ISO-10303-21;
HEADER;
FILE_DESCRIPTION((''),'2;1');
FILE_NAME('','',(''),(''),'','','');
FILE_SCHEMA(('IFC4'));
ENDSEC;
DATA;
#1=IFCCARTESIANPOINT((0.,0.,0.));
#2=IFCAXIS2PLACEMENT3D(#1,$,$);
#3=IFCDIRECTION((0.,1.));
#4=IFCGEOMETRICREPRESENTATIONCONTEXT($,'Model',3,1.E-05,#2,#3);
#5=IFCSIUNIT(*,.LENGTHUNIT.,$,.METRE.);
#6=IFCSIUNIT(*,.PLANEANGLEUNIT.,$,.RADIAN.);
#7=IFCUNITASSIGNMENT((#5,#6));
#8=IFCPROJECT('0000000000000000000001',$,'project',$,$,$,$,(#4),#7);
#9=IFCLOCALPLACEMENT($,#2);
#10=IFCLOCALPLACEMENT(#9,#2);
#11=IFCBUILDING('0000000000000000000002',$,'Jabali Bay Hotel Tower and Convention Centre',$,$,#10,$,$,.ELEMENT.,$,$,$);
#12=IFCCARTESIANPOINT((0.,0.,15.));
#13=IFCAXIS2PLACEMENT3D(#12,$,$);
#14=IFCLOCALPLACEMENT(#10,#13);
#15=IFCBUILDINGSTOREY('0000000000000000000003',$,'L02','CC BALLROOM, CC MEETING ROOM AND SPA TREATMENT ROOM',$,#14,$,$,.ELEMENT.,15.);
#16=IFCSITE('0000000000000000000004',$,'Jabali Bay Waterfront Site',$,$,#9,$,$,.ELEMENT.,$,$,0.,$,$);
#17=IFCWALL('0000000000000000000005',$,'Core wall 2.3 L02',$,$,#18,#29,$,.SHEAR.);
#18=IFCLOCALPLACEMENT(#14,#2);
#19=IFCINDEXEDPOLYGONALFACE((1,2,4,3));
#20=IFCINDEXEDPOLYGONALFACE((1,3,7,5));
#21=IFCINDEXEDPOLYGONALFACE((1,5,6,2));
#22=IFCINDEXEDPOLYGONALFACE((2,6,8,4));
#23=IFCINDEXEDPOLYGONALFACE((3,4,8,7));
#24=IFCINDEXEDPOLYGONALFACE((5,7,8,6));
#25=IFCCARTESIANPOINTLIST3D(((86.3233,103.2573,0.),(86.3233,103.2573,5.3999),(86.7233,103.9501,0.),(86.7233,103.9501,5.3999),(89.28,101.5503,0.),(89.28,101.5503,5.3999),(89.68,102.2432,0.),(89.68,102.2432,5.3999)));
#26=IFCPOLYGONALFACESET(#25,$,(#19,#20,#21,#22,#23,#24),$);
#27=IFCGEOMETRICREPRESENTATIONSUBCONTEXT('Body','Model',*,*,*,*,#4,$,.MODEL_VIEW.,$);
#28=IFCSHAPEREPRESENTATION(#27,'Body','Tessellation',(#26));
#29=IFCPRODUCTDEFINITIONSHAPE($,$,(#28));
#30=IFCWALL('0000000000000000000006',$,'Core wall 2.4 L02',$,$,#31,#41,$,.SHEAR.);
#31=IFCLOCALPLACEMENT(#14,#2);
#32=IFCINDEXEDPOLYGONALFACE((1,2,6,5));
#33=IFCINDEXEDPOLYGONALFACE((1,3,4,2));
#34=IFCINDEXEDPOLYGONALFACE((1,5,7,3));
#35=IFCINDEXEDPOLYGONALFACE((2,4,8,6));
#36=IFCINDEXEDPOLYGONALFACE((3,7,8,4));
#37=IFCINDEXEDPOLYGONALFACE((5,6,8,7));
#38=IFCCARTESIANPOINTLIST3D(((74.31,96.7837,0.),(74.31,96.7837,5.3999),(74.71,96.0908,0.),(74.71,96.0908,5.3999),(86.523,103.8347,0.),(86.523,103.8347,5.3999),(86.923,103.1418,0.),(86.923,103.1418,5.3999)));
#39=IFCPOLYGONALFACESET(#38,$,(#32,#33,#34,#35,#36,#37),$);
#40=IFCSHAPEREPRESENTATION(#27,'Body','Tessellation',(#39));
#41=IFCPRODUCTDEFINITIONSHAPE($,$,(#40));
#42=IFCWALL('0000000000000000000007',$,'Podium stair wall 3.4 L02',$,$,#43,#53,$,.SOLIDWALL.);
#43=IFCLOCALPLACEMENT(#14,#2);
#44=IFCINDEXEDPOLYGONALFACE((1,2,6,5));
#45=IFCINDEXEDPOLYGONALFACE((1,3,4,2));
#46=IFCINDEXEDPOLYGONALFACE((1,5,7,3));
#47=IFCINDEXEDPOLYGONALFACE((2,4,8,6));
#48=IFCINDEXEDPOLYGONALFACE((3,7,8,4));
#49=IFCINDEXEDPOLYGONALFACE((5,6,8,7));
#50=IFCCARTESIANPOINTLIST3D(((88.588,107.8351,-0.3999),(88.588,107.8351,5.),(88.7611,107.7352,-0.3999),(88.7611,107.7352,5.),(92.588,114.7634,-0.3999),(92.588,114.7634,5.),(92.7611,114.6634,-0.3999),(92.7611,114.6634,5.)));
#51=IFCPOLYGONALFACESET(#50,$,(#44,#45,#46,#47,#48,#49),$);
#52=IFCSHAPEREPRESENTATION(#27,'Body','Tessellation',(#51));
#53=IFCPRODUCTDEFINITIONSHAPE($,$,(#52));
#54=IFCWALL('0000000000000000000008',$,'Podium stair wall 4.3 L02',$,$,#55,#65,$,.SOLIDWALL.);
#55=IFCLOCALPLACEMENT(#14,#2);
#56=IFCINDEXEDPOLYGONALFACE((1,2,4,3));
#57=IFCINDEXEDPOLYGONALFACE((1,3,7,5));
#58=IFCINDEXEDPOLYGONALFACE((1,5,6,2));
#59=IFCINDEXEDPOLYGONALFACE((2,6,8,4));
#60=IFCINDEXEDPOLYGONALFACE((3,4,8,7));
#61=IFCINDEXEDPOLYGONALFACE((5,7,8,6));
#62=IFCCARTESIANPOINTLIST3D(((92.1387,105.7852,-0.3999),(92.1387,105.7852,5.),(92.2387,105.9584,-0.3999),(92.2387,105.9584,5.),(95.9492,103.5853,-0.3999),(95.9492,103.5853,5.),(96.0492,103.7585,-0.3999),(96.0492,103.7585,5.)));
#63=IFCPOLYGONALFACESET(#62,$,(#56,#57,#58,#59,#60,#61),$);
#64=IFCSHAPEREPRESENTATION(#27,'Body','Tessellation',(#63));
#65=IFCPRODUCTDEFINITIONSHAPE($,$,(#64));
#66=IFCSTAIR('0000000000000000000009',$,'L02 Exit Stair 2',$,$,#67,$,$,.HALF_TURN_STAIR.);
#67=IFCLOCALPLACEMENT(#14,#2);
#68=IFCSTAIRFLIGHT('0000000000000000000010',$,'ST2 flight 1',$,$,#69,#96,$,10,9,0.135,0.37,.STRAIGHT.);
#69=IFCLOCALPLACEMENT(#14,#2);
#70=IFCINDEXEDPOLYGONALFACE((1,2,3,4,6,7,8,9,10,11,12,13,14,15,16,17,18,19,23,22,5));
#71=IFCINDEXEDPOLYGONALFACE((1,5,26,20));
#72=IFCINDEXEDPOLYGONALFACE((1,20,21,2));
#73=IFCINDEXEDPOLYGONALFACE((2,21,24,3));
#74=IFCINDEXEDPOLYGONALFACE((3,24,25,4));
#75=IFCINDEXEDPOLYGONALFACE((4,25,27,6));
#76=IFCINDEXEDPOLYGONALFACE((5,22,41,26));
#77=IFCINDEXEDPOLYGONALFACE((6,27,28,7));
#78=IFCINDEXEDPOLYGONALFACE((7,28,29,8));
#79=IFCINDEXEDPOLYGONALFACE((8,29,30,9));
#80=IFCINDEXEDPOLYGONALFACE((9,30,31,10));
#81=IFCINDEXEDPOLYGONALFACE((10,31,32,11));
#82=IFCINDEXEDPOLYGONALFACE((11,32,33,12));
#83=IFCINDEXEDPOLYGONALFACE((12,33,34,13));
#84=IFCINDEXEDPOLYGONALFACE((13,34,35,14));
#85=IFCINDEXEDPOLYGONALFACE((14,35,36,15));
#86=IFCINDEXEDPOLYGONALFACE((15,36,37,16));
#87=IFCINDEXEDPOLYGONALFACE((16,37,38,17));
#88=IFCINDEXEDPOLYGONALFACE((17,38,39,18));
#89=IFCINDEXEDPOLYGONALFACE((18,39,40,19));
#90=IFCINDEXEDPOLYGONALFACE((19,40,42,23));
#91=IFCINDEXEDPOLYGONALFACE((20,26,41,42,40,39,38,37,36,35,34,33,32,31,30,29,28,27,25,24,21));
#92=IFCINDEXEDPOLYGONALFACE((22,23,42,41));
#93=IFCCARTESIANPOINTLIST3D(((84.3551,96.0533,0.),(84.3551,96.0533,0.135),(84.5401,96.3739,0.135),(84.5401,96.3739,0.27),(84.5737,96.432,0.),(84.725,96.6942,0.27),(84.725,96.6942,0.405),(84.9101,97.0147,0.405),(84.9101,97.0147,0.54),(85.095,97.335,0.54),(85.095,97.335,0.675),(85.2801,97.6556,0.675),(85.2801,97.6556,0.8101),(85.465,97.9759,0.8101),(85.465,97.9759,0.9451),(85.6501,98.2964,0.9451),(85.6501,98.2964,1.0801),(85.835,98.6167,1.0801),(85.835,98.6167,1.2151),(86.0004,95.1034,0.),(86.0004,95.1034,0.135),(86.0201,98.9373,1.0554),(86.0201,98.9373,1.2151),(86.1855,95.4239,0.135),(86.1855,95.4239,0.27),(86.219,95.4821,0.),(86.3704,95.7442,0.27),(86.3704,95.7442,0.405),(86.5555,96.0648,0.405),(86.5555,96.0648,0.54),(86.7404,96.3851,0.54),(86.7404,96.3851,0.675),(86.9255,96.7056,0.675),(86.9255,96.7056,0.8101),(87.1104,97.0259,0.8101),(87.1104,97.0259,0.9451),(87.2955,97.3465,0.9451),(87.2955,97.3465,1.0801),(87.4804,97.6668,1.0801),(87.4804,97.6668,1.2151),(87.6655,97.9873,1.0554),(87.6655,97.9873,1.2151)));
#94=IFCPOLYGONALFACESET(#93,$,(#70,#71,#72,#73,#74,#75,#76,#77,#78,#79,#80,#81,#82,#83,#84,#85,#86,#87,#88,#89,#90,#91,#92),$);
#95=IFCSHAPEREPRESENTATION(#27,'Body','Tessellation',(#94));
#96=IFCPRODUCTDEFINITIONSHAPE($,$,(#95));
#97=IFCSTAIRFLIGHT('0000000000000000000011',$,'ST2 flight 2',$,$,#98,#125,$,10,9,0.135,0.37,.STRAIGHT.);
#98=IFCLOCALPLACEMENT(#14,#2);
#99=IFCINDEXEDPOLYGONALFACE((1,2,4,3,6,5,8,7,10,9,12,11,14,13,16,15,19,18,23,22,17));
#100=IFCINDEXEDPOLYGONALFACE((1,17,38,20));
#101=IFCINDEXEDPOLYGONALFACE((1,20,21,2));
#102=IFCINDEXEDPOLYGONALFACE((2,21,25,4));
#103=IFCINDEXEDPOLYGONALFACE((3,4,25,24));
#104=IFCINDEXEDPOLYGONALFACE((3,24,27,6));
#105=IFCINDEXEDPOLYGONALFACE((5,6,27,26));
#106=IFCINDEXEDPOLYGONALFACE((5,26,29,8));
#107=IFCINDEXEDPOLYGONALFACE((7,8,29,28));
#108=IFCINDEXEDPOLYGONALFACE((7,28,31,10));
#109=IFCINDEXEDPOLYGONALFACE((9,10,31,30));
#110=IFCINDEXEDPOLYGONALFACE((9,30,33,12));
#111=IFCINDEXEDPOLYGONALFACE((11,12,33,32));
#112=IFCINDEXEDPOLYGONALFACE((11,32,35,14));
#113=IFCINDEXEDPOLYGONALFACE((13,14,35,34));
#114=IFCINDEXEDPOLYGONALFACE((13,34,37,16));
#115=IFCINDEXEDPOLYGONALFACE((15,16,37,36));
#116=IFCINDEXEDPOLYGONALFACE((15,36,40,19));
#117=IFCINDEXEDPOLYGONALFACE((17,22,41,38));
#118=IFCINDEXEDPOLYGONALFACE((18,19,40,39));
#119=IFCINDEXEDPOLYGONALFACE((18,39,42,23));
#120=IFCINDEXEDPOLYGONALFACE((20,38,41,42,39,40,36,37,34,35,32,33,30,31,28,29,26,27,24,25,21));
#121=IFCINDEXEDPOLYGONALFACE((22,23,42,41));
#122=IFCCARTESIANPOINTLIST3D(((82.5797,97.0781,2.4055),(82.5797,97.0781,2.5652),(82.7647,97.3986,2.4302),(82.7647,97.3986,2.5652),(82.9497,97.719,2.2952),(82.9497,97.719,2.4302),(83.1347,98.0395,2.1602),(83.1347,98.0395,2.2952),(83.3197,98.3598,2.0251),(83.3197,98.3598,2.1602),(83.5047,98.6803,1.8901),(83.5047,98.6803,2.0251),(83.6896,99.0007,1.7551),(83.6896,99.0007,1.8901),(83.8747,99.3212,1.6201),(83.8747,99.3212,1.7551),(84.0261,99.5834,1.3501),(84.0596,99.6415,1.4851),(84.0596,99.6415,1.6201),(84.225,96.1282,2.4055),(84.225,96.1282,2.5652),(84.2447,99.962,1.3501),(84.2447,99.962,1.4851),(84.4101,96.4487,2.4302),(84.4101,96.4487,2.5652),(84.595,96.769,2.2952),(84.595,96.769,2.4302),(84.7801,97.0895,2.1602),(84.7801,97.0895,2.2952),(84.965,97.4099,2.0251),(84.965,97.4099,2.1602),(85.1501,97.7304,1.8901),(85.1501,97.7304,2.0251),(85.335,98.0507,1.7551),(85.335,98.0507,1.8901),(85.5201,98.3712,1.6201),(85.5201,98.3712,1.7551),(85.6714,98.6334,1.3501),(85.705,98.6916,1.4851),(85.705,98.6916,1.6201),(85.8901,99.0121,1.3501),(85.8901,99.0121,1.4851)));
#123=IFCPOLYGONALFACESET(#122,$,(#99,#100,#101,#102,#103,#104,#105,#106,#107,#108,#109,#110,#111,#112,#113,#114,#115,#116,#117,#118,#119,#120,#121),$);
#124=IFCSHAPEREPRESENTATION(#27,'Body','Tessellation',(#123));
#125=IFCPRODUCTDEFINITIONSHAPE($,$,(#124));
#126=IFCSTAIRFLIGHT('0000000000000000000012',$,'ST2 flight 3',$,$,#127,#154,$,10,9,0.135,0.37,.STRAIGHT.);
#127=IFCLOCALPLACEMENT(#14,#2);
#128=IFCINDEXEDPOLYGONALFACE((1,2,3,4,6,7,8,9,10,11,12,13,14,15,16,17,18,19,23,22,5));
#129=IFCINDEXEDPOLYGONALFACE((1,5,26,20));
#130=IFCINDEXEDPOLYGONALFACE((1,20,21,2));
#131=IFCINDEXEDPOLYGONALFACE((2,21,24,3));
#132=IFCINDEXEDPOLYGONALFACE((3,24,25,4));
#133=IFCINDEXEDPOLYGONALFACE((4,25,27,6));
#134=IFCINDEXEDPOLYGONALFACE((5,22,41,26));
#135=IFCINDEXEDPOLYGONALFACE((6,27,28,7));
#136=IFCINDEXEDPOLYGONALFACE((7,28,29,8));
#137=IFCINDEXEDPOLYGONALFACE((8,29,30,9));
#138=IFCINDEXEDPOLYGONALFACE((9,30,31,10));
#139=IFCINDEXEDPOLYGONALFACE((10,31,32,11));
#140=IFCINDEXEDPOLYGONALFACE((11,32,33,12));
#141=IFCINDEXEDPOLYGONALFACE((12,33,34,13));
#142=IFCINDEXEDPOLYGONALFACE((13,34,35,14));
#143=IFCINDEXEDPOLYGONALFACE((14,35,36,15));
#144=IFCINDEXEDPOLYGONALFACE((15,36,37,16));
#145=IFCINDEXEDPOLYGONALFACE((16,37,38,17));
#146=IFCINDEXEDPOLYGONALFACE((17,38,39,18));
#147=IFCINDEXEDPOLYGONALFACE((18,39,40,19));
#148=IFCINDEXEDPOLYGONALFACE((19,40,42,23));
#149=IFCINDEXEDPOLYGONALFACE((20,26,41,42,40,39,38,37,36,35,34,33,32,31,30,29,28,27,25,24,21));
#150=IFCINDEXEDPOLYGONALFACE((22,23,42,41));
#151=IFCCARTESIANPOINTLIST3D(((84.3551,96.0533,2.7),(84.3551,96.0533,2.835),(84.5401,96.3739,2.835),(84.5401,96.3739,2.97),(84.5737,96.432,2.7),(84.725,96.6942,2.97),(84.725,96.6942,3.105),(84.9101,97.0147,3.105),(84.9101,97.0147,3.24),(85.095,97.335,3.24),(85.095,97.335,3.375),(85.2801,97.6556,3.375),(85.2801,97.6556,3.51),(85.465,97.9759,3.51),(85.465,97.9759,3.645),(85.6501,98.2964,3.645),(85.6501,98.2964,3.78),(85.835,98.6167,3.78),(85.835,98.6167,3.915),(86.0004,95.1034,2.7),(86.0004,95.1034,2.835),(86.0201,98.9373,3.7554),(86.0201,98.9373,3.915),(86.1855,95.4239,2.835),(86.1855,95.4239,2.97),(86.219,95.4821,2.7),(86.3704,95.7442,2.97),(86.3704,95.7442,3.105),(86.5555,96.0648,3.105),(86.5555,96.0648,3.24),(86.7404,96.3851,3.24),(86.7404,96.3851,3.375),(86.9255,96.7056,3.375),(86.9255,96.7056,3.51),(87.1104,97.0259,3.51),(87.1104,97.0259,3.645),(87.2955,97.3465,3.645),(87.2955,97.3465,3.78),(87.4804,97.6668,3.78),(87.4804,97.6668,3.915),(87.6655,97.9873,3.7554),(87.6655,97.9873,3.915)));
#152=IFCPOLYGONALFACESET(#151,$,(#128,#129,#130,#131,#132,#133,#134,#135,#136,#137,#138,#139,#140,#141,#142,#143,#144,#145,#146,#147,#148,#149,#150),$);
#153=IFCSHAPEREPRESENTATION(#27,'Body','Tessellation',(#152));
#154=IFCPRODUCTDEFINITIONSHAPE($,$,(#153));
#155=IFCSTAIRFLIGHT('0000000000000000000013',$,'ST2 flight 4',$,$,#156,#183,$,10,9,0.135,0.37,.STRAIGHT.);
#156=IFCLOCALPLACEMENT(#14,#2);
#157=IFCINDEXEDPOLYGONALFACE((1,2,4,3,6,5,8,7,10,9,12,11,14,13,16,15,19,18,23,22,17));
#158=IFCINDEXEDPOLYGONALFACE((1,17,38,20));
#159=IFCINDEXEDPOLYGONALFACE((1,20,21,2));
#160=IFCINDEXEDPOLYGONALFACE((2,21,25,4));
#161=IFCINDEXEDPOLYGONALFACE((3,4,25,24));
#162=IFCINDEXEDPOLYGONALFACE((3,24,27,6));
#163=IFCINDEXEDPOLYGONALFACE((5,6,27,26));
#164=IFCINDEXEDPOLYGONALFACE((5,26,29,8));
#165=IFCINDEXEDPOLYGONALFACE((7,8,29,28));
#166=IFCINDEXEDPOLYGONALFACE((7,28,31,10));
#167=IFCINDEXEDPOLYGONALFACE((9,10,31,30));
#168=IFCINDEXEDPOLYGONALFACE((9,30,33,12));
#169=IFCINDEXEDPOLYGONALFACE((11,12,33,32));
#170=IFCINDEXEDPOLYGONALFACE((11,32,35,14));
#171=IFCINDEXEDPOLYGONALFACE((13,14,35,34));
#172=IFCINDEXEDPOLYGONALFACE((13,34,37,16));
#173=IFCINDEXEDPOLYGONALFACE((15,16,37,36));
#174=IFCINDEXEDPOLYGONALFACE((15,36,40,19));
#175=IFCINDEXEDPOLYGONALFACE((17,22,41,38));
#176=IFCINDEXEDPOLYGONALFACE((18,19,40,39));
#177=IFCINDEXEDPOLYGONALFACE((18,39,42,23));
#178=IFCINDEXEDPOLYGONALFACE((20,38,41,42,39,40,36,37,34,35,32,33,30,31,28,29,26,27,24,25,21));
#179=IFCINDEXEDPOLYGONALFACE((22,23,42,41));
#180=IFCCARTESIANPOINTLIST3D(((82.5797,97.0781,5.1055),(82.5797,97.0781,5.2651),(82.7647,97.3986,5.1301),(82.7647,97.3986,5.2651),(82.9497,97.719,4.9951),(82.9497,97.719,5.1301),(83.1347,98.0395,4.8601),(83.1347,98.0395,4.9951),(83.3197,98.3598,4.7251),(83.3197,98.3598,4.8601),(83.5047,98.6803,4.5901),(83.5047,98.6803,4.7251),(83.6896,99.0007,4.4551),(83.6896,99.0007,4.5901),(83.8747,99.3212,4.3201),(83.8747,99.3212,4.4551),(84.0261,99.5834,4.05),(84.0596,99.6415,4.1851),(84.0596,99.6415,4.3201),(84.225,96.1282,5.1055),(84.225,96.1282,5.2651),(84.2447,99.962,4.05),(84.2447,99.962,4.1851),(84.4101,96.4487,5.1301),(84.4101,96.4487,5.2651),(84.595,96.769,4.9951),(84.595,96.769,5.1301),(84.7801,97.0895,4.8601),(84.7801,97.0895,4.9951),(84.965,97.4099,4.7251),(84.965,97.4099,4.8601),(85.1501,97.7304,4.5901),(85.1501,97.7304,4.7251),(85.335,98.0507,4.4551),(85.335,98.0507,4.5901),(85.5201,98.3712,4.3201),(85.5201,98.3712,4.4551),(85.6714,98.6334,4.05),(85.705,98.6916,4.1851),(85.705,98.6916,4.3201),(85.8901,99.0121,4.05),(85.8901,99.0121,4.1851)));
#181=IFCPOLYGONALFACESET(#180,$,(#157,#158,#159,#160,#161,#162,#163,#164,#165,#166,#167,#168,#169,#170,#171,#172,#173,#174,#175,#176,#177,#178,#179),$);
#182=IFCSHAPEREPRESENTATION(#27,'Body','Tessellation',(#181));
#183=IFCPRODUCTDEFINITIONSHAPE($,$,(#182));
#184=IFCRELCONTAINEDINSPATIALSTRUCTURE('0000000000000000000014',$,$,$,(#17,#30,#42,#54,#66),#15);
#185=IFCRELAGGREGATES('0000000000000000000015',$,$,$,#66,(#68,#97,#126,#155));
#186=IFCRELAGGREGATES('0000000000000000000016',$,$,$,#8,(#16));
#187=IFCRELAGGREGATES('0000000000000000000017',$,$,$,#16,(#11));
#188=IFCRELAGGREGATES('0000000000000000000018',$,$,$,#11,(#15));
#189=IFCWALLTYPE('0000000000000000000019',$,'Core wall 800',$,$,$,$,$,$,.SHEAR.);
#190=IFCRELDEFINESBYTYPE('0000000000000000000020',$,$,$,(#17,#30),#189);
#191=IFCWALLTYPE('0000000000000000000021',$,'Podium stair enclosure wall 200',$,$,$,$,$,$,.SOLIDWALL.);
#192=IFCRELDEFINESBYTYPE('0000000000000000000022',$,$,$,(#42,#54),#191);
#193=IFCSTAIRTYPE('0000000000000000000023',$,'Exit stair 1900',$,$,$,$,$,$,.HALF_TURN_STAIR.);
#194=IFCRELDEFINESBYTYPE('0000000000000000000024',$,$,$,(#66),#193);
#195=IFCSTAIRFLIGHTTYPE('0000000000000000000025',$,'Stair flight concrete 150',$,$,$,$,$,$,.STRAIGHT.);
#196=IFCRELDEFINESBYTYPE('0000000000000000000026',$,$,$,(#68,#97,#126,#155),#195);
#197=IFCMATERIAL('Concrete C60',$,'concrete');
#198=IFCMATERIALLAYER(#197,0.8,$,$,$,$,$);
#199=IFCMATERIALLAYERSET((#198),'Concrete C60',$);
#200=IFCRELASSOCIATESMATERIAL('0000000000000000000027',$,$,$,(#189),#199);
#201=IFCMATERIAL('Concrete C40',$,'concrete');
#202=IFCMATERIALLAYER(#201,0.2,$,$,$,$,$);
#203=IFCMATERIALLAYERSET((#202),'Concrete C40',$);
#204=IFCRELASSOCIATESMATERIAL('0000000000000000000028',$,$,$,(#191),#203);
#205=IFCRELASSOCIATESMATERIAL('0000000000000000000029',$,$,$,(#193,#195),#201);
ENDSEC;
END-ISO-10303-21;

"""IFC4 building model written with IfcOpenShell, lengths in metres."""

from ifc_helpers import new_model, si_unit, direction, frame, frame_2d, origin, place, context, subcontext, project, spatial, polyline, rectangle, outline, extrude, material, layer, layer_set, type_object, element, aggregate, save


model = new_model("IFC4")

# Units and contexts
model_context = context("Model", 3, precision=1e-05, world=origin(), true_north=direction((0.0, 1.0)))
body_context = subcontext(model_context, "Body", "Model", "MODEL_VIEW")
ifc_project = project(units=[si_unit("LENGTHUNIT", "METRE"), si_unit("PLANEANGLEUNIT", "RADIAN")], contexts=[model_context])

# Site, building, storey
site_placement = place(None, origin())
site = spatial("IfcSite", under=ifc_project, at=site_placement, Name="Jabali Bay Waterfront Site", CompositionType="ELEMENT", RefElevation=0.0)
building_placement = place(site_placement, origin())
building = spatial("IfcBuilding", under=site, at=building_placement, Name="Jabali Bay Hotel Tower and Convention Centre", CompositionType="ELEMENT")
storey_placement = place(building_placement, frame((0.0, 0.0, 15.0)))
storey = spatial("IfcBuildingStorey", under=building, at=storey_placement, Name="L02", Description="CC BALLROOM, CC MEETING ROOM AND SPA TREATMENT ROOM", CompositionType="ELEMENT", Elevation=15.0)

# Shared definitions
ifc_material_1 = material(Name="Concrete C40", Category="concrete")

# Walls
ifc_material_2 = material(Name="Concrete C60", Category="concrete")
ifc_layer_1 = layer(ifc_material_2, 0.8)
ifc_layer_set_1 = layer_set([ifc_layer_1], Name="Concrete C60")
wall_type_1 = type_object("IfcWallType", Name="Core wall 800", PredefinedType="SHEAR", material=ifc_layer_set_1)
wall_1_placement = place(storey_placement, frame((89.48, 101.8967, 0.0), z_axis=(0.0, 0.0, 1.0), x_axis=(-0.866034, 0.499984, 0.0)))
element("IfcWall", 1, at=wall_1_placement, inside=storey, type_object=wall_type_1, Name="Core wall 2.3 L02", PredefinedType="SHEAR", context=body_context, shape_type="SweptSolid", body=[
    extrude(rectangle(XDim=3.4141, YDim=0.8, at=frame_2d((1.707, 0.0))), origin(), (0.0, 0.0, 1.0), 5.3999),
])
wall_2_placement = place(storey_placement, frame((86.7231, 103.4883, 0.0), z_axis=(0.0, 0.0, 1.0), x_axis=(-0.866033, -0.499988, 0.0)))
element("IfcWall", 2, at=wall_2_placement, inside=storey, type_object=wall_type_1, Name="Core wall 2.4 L02", PredefinedType="SHEAR", context=body_context, shape_type="SweptSolid", body=[
    extrude(rectangle(XDim=14.1023, YDim=0.8, at=frame_2d((7.0513, 0.0))), origin(), (0.0, 0.0, 1.0), 5.3999),
])
ifc_layer_2 = layer(ifc_material_1, 0.2)
ifc_layer_set_2 = layer_set([ifc_layer_2], Name="Concrete C40")
wall_type_2 = type_object("IfcWallType", Name="Podium stair enclosure wall 200", PredefinedType="SOLIDWALL", material=ifc_layer_set_2)
wall_3_placement = place(storey_placement, frame((88.6746, 107.7852, -0.3999), z_axis=(0.0, 0.0, 1.0), x_axis=(0.499999, 0.866026, 0.0)))
element("IfcWall", 3, at=wall_3_placement, inside=storey, type_object=wall_type_2, Name="Podium stair wall 3.4 L02", PredefinedType="SOLIDWALL", context=body_context, shape_type="SweptSolid", body=[
    extrude(rectangle(XDim=8.0, YDim=0.2, at=frame_2d((4.0, 0.0))), origin(), (0.0, 0.0, 1.0), 5.3999),
])
wall_4_placement = place(storey_placement, frame((92.1887, 105.8718, -0.3999), z_axis=(0.0, 0.0, 1.0), x_axis=(0.866032, -0.499988, 0.0)))
element("IfcWall", 4, at=wall_4_placement, inside=storey, type_object=wall_type_2, Name="Podium stair wall 4.3 L02", PredefinedType="SOLIDWALL", context=body_context, shape_type="SweptSolid", body=[
    extrude(rectangle(XDim=4.3999, YDim=0.2, at=frame_2d((2.2, 0.0))), origin(), (0.0, 0.0, 1.0), 5.3999),
])

# Stair, stair flights
stair_type = type_object("IfcStairType", Name="Exit stair 1900", PredefinedType="HALF_TURN_STAIR", material=ifc_material_1)
stair_placement = place(storey_placement, origin())
stair = element("IfcStair", 5, at=stair_placement, inside=storey, type_object=stair_type, Name="L02 Exit Stair 2", PredefinedType="HALF_TURN_STAIR")
stair_flight_type = type_object("IfcStairFlightType", Name="Stair flight concrete 150", PredefinedType="STRAIGHT", material=ifc_material_1)
stair_flight_1_placement = place(storey_placement, frame((85.1777, 95.5784, 0.0), z_axis=(0.0, 0.0, 1.0), x_axis=(0.5, 0.866025, 0.0)))
stair_flight_1 = element("IfcStairFlight", 6, at=stair_flight_1_placement, type_object=stair_flight_type, Name="ST2 flight 1", NumberOfRisers=10, NumberOfTreads=9, PredefinedType="STRAIGHT", RiserHeight=0.135, TreadLength=0.37, context=body_context, shape_type="SweptSolid", body=[
    extrude(outline(polyline([(0.0, 0.0), (0.0, 0.135), (0.3701, 0.135), (0.3701, 0.27), (0.74, 0.27), (0.74, 0.405), (1.1101, 0.405), (1.1101, 0.54), (1.48, 0.54), (1.48, 0.675), (1.8501, 0.675), (1.8501, 0.8101), (2.22, 0.8101), (2.22, 0.9451), (2.5901, 0.9451), (2.5901, 1.0801), (2.96, 1.0801), (2.96, 1.2151), (3.3301, 1.2151), (3.3301, 1.3501), (3.3301, 1.0554), (0.4373, 0.0), (0.0, 0.0)])), frame((0.0, 0.95, 0.0), z_axis=(0.0, -1.0, 0.0), x_axis=(1.0, 0.0, 0.0)), (0.0, 0.0, 1.0), 1.8999),
])
stair_flight_2_placement = place(storey_placement, frame((85.0674, 99.4871, 1.3501), z_axis=(0.0, 0.0, 1.0), x_axis=(-0.5, -0.866025, 0.0)))
stair_flight_2 = element("IfcStairFlight", 7, at=stair_flight_2_placement, type_object=stair_flight_type, Name="ST2 flight 2", NumberOfRisers=10, NumberOfTreads=9, PredefinedType="STRAIGHT", RiserHeight=0.135, TreadLength=0.37, context=body_context, shape_type="SweptSolid", body=[
    extrude(outline(polyline([(0.0, 0.0), (0.0, 0.135), (0.3701, 0.135), (0.3701, 0.27), (0.74, 0.27), (0.74, 0.405), (1.1101, 0.405), (1.1101, 0.54), (1.48, 0.54), (1.48, 0.675), (1.8501, 0.675), (1.8501, 0.8101), (2.22, 0.8101), (2.22, 0.9451), (2.5901, 0.9451), (2.5901, 1.0801), (2.96, 1.0801), (2.96, 1.2151), (3.3301, 1.2151), (3.3301, 1.3501), (3.3301, 1.0554), (0.4373, 0.0), (0.0, 0.0)])), frame((0.0, 0.95, 0.0), z_axis=(0.0, -1.0, 0.0), x_axis=(1.0, 0.0, 0.0)), (0.0, 0.0, 1.0), 1.8999),
])
stair_flight_3_placement = place(storey_placement, frame((85.1777, 95.5784, 2.7), z_axis=(0.0, 0.0, 1.0), x_axis=(0.5, 0.866025, 0.0)))
stair_flight_3 = element("IfcStairFlight", 8, at=stair_flight_3_placement, type_object=stair_flight_type, Name="ST2 flight 3", NumberOfRisers=10, NumberOfTreads=9, PredefinedType="STRAIGHT", RiserHeight=0.135, TreadLength=0.37, context=body_context, shape_type="SweptSolid", body=[
    extrude(outline(polyline([(0.0, 0.0), (0.0, 0.135), (0.3701, 0.135), (0.3701, 0.27), (0.74, 0.27), (0.74, 0.405), (1.1101, 0.405), (1.1101, 0.54), (1.48, 0.54), (1.48, 0.675), (1.8501, 0.675), (1.8501, 0.8101), (2.22, 0.8101), (2.22, 0.9451), (2.5901, 0.9451), (2.5901, 1.0801), (2.96, 1.0801), (2.96, 1.2151), (3.3301, 1.2151), (3.3301, 1.3501), (3.3301, 1.0554), (0.4373, 0.0), (0.0, 0.0)])), frame((0.0, 0.95, 0.0), z_axis=(0.0, -1.0, 0.0), x_axis=(1.0, 0.0, 0.0)), (0.0, 0.0, 1.0), 1.8999),
])
stair_flight_4_placement = place(storey_placement, frame((85.0674, 99.4871, 4.05), z_axis=(0.0, 0.0, 1.0), x_axis=(-0.5, -0.866025, 0.0)))
stair_flight_4 = element("IfcStairFlight", 9, at=stair_flight_4_placement, type_object=stair_flight_type, Name="ST2 flight 4", NumberOfRisers=10, NumberOfTreads=9, PredefinedType="STRAIGHT", RiserHeight=0.135, TreadLength=0.37, context=body_context, shape_type="SweptSolid", body=[
    extrude(outline(polyline([(0.0, 0.0), (0.0, 0.135), (0.3701, 0.135), (0.3701, 0.27), (0.74, 0.27), (0.74, 0.405), (1.1101, 0.405), (1.1101, 0.54), (1.48, 0.54), (1.48, 0.675), (1.8501, 0.675), (1.8501, 0.8101), (2.22, 0.8101), (2.22, 0.9451), (2.5901, 0.9451), (2.5901, 1.0801), (2.96, 1.0801), (2.96, 1.2151), (3.3301, 1.2151), (3.3301, 1.3501), (3.3301, 1.0554), (0.4373, 0.0), (0.0, 0.0)])), frame((0.0, 0.95, 0.0), z_axis=(0.0, -1.0, 0.0), x_axis=(1.0, 0.0, 0.0)), (0.0, 0.0, 1.0), 1.8999),
])
aggregate(stair, [stair_flight_1, stair_flight_2, stair_flight_3, stair_flight_4])

save(model, "model.ifc")
